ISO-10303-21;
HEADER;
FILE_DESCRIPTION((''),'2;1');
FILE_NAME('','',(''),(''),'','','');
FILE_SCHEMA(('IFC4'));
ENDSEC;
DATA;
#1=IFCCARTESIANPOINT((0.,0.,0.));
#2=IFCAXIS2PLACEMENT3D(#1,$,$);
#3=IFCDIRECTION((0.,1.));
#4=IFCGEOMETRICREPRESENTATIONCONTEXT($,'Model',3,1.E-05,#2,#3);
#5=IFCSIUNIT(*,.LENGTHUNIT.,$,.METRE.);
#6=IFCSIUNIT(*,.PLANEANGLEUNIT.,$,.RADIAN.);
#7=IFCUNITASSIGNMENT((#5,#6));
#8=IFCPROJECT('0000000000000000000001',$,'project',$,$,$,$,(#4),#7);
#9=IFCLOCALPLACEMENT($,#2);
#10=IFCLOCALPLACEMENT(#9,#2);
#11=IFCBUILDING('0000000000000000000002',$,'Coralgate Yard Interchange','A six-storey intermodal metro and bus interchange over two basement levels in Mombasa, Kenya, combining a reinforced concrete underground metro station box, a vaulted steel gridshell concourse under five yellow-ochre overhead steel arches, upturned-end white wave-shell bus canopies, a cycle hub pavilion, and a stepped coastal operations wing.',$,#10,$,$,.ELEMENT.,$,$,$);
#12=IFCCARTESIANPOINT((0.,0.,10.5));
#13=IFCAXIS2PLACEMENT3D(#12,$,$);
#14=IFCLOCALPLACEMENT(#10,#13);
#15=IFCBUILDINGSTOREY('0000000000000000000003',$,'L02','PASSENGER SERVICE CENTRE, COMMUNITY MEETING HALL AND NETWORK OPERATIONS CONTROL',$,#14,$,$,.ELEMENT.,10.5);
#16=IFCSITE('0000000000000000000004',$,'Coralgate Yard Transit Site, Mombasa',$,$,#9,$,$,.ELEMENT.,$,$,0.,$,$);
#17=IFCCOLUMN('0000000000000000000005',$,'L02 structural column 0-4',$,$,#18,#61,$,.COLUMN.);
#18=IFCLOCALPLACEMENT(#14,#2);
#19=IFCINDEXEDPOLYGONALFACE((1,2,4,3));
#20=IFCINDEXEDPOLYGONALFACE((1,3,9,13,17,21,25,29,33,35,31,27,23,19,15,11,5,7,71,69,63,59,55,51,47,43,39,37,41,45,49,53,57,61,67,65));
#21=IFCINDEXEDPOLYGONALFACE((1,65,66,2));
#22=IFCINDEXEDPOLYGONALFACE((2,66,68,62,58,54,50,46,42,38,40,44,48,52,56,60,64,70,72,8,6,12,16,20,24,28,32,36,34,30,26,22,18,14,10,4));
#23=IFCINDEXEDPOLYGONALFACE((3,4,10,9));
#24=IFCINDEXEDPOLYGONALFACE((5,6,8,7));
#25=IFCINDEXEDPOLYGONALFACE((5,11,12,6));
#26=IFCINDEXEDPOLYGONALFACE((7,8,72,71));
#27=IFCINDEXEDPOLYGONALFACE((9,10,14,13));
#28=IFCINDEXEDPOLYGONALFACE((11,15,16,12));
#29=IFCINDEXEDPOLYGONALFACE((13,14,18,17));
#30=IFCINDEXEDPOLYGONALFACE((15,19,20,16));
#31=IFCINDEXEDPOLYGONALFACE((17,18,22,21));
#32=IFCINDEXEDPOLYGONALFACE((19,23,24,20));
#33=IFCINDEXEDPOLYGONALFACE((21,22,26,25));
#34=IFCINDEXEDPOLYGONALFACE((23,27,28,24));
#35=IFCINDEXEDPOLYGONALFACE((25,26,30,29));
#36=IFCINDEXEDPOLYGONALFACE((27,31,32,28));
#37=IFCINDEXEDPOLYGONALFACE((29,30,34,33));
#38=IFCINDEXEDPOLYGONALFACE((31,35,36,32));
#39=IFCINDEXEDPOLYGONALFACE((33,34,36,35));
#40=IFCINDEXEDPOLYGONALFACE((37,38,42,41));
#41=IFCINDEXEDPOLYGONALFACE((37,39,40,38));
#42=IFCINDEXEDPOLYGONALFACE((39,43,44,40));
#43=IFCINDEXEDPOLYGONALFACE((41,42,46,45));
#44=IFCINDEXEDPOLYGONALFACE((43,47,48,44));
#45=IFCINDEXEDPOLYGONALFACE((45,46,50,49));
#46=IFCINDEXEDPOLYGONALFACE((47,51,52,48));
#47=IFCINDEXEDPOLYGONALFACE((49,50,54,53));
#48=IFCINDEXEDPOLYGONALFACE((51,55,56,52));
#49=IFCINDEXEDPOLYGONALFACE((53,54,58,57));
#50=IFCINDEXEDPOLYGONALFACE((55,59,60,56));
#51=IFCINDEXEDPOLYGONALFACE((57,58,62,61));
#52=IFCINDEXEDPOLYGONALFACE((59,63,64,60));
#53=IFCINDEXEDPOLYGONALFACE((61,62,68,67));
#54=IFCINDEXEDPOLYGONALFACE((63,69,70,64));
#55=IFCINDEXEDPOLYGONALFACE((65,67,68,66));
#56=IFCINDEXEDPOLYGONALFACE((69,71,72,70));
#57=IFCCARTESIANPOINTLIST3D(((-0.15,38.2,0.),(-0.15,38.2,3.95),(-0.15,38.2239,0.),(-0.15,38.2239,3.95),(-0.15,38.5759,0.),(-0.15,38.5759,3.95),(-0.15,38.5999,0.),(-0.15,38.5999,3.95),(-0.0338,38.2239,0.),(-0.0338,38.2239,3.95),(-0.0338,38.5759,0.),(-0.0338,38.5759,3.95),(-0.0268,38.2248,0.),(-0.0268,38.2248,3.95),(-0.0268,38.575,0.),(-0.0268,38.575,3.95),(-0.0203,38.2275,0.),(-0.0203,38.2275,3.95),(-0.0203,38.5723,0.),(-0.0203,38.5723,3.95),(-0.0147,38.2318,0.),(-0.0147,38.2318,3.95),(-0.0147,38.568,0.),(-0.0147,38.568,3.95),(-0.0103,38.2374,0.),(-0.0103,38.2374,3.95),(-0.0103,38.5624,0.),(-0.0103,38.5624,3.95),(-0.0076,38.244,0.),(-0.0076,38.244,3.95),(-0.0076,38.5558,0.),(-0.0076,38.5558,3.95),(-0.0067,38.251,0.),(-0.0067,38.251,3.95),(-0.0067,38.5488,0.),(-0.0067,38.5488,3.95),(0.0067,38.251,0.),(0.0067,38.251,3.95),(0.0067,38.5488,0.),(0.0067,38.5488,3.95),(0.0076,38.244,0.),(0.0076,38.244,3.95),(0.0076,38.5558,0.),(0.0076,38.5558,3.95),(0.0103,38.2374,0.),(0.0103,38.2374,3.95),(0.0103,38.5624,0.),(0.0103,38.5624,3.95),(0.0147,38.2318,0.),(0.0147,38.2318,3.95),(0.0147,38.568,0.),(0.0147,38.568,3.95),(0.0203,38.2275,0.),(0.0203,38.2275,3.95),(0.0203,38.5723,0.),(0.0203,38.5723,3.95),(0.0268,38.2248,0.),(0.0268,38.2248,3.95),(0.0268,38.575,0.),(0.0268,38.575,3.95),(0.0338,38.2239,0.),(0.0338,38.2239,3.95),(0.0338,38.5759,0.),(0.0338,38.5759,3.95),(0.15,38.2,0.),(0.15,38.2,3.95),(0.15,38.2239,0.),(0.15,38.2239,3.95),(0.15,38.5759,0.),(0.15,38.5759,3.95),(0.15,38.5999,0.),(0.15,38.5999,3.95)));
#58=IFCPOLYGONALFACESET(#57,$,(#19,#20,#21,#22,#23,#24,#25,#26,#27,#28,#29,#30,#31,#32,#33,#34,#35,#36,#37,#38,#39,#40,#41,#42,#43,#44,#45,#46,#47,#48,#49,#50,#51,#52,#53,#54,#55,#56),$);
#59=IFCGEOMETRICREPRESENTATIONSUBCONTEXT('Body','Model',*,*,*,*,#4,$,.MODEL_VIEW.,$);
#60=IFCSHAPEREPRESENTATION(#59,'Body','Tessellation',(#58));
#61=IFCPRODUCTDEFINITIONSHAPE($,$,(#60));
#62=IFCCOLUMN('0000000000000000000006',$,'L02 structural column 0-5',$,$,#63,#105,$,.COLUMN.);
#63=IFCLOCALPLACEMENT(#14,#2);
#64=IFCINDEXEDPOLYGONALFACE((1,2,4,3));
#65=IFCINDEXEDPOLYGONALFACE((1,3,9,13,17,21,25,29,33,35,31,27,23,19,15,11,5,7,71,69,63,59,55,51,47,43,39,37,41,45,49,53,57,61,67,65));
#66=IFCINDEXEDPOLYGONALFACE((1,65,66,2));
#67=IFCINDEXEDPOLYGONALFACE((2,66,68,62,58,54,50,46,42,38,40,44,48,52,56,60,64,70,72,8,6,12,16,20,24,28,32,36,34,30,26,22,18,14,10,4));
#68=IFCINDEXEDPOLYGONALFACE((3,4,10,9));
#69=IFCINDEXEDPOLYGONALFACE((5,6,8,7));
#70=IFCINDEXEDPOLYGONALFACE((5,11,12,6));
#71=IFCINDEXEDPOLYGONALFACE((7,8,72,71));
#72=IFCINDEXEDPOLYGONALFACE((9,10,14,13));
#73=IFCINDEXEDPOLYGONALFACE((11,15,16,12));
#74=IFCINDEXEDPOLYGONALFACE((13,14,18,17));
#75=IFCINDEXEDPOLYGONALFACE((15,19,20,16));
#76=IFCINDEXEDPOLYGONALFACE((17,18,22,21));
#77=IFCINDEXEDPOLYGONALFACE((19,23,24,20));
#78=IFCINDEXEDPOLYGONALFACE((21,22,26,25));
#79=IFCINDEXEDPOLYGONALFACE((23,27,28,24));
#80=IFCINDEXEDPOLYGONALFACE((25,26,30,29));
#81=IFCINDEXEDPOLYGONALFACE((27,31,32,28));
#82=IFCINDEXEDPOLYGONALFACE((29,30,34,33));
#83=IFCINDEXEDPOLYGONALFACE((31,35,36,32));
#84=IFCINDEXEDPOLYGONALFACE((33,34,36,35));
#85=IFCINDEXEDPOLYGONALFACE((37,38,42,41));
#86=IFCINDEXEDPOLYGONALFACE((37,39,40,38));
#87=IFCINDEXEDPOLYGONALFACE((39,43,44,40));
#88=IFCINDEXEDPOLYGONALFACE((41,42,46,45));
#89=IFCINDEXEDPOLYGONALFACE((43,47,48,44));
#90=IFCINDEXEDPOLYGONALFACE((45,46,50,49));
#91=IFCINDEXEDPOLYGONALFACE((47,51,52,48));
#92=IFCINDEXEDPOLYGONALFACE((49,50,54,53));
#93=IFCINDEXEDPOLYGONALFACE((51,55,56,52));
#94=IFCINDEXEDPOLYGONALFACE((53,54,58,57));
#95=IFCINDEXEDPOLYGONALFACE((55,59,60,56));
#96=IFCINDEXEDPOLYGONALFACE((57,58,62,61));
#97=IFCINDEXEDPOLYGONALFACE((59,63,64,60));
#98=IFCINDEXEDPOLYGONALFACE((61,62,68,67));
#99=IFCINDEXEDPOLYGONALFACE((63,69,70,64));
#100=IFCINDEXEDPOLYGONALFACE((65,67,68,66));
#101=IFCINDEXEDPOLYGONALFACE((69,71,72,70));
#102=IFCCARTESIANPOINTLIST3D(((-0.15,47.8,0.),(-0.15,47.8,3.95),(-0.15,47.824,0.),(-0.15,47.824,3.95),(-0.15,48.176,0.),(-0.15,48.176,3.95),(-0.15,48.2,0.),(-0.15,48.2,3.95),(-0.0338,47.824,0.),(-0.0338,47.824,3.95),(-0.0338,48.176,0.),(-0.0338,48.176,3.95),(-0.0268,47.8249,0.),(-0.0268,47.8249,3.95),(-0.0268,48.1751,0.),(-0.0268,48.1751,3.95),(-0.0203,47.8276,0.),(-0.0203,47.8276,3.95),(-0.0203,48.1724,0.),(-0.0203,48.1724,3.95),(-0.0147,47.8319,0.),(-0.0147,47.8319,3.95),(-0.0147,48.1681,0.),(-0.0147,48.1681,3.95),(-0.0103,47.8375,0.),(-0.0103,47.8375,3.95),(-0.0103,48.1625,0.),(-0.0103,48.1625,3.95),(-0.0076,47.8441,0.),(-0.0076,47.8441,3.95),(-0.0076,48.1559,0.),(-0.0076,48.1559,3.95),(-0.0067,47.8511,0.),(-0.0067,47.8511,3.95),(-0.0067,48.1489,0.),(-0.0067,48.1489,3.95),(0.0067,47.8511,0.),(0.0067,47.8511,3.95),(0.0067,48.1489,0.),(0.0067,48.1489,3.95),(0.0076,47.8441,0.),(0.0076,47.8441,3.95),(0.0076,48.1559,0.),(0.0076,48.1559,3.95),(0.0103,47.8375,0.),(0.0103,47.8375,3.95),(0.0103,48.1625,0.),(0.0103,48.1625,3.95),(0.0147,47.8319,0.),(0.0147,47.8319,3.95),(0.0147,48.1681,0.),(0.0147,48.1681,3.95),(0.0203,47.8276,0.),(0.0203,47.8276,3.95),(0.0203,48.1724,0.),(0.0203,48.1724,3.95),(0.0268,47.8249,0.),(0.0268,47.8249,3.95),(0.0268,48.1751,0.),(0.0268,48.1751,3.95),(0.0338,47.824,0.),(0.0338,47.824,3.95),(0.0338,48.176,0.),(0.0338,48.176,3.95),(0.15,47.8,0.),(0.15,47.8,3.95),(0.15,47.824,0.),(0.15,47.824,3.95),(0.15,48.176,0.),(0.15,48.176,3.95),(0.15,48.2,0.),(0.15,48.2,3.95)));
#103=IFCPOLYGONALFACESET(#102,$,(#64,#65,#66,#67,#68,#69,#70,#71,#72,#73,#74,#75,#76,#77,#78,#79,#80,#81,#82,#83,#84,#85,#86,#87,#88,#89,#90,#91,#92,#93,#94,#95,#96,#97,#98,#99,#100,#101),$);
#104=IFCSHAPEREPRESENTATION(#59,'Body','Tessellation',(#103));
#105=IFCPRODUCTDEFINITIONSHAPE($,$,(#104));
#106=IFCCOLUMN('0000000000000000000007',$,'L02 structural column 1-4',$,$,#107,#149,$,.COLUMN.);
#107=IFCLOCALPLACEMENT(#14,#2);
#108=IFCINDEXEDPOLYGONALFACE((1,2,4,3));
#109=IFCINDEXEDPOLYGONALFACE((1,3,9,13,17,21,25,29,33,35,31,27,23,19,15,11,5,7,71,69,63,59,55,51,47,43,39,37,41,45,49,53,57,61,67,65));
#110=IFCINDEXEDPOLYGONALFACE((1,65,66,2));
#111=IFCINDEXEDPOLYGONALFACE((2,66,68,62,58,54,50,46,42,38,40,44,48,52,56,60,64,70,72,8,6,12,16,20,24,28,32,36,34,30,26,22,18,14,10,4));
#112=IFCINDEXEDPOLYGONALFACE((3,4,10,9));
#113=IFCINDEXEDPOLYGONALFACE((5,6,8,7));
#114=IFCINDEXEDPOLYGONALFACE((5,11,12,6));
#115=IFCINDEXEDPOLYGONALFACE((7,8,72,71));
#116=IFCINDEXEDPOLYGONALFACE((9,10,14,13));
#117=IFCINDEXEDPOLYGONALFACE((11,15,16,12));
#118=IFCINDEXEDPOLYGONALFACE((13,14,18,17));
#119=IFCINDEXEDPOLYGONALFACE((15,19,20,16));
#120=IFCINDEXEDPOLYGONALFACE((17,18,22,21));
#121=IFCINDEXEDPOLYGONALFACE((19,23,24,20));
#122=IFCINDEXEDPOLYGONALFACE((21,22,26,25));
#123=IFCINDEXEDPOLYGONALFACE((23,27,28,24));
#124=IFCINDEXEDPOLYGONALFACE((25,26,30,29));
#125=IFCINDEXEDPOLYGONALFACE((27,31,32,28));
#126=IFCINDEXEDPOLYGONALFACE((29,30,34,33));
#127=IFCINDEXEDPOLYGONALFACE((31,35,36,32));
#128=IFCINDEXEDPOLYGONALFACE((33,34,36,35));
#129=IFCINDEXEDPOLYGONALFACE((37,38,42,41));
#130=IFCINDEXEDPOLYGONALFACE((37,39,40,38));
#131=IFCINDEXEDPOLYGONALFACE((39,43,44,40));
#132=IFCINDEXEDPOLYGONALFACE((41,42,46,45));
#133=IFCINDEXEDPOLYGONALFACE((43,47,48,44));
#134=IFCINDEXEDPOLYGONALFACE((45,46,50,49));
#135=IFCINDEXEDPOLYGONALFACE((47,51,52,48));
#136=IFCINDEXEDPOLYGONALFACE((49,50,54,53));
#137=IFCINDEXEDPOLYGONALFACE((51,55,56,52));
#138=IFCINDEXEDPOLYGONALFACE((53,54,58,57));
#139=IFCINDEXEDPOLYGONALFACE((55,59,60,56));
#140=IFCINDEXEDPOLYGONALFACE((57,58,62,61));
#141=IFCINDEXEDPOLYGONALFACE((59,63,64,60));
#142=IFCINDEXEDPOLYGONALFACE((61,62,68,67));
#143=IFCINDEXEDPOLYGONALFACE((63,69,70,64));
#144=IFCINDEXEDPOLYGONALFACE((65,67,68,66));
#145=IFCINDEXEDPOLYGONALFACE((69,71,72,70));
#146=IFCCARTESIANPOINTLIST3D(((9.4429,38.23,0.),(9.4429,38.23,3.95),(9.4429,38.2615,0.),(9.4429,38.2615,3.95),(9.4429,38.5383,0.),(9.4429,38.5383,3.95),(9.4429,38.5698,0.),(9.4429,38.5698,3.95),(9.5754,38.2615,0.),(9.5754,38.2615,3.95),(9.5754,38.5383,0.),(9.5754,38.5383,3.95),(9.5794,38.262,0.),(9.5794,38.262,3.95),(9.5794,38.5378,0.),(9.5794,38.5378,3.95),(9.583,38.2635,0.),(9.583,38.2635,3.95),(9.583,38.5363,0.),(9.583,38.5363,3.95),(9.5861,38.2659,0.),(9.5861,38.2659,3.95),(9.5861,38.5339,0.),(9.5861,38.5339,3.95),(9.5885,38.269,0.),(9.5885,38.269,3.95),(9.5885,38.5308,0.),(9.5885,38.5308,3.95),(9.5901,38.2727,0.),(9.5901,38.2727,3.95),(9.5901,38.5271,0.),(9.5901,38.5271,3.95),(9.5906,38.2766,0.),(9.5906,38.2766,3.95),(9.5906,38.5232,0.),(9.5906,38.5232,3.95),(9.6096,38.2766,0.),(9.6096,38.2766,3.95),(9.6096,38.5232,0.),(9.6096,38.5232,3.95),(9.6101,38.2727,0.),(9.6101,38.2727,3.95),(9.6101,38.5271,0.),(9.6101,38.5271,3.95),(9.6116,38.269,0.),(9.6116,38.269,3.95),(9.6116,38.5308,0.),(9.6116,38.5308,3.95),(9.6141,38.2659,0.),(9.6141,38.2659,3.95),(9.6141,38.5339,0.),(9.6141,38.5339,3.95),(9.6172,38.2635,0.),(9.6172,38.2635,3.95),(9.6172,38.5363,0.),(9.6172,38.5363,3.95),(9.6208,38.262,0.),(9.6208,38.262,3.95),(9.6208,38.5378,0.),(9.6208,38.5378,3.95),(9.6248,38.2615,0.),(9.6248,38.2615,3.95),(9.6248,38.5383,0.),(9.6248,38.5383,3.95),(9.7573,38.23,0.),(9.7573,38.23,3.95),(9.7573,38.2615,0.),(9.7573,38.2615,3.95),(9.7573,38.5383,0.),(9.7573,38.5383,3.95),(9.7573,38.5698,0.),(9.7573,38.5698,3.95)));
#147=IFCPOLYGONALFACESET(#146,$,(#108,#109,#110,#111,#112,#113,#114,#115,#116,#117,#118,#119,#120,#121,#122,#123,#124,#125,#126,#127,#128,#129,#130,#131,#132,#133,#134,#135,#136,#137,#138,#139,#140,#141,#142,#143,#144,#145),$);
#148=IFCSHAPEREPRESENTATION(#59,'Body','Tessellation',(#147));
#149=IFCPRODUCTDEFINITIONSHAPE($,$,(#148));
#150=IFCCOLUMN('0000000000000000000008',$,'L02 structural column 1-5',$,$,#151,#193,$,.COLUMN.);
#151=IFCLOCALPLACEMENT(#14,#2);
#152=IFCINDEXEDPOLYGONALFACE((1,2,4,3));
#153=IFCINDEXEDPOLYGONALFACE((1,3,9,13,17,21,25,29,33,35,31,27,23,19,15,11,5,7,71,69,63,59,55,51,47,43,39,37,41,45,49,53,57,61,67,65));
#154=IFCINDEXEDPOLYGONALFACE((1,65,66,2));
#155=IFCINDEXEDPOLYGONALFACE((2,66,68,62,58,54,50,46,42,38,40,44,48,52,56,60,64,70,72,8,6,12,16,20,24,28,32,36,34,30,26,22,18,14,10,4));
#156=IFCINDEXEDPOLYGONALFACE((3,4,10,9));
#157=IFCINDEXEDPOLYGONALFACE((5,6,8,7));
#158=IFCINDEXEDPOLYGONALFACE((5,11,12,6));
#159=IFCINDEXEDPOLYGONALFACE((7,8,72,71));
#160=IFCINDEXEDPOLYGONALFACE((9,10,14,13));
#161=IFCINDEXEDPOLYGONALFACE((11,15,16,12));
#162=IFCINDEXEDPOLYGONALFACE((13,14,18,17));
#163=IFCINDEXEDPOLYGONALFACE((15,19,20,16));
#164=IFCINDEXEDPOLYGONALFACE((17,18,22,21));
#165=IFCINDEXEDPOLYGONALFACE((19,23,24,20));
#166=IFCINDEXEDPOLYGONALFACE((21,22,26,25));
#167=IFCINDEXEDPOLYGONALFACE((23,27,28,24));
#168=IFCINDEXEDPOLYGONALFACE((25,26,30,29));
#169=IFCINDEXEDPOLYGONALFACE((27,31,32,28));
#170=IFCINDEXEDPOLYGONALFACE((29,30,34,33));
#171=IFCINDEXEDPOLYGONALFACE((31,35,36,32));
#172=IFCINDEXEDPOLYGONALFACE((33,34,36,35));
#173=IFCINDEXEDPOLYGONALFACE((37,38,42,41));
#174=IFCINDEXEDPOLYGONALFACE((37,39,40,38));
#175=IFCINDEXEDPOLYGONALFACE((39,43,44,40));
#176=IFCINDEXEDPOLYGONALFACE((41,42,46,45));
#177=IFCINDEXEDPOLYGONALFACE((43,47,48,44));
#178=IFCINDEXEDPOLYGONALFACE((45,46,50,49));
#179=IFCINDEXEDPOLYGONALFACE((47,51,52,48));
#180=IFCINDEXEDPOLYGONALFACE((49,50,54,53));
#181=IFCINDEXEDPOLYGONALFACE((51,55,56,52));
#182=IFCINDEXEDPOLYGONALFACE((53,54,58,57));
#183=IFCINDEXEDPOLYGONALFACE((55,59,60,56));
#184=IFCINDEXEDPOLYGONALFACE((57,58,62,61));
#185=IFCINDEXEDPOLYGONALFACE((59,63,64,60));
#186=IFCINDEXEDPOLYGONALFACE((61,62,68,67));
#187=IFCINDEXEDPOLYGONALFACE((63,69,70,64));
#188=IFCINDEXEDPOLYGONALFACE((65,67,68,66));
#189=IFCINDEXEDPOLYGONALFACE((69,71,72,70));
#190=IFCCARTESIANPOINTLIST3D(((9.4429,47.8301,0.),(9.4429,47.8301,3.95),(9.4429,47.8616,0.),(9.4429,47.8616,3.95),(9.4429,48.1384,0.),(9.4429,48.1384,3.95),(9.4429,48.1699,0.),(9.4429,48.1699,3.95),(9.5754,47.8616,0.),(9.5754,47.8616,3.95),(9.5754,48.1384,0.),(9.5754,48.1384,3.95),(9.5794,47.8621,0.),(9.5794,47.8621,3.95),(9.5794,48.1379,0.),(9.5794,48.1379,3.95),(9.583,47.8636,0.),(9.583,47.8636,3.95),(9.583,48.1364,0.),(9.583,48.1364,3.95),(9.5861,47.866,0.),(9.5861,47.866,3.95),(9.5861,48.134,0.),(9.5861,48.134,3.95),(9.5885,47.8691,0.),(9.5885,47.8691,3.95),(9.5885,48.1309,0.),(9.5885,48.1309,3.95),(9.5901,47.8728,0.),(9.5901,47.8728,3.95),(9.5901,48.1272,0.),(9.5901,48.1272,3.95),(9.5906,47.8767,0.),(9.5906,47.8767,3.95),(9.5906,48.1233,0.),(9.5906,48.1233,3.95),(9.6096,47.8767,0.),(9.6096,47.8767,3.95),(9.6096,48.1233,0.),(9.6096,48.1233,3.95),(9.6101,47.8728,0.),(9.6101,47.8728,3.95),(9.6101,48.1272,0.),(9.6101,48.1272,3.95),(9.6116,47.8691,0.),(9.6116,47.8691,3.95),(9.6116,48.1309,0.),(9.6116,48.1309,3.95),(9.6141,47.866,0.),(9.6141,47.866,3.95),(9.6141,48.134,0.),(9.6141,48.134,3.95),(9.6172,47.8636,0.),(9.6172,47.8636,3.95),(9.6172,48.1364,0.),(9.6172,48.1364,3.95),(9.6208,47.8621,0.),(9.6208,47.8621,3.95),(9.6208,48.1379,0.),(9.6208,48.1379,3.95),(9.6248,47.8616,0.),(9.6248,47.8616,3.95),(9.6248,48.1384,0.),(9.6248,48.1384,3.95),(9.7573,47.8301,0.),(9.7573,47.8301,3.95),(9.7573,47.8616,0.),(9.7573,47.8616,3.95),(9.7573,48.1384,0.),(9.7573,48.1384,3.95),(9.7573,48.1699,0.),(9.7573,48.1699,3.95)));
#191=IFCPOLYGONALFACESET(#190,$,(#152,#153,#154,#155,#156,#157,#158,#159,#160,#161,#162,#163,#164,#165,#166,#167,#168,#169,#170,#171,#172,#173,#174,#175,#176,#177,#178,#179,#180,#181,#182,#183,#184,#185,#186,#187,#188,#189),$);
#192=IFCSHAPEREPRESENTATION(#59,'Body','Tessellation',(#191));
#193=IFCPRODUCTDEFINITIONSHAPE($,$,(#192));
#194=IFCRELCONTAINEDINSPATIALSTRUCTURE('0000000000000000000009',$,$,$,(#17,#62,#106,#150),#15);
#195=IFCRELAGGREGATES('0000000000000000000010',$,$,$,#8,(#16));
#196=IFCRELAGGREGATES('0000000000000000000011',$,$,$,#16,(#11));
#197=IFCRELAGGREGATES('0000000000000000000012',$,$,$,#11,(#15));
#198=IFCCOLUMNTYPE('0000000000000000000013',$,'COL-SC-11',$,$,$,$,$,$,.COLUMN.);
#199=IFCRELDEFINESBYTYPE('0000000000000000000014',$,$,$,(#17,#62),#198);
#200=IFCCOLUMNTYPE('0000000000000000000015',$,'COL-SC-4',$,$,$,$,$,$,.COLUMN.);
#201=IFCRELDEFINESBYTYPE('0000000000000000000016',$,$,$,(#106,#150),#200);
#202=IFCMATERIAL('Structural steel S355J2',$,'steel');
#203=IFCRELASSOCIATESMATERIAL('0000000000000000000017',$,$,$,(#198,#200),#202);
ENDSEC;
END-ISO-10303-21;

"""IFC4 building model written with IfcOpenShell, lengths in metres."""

from ifc_helpers import new_model, si_unit, direction, frame, origin, origin_2d, place, context, subcontext, project, spatial, i_section, extrude, material, material_profile, profile_set, type_object, element, save


model = new_model("IFC4")

# Units and contexts
model_context = context("Model", 3, precision=1e-05, world=origin(), true_north=direction((0.0, 1.0)))
body_context = subcontext(model_context, "Body", "Model", "MODEL_VIEW")
ifc_project = project(units=[si_unit("LENGTHUNIT", "METRE"), si_unit("PLANEANGLEUNIT", "RADIAN")], contexts=[model_context])

# Site, building, storey
site_placement = place(None, origin())
site = spatial("IfcSite", under=ifc_project, at=site_placement, Name="Coralgate Yard Transit Site, Mombasa", CompositionType="ELEMENT", RefElevation=0.0)
building_placement = place(site_placement, origin())
building = spatial("IfcBuilding", under=site, at=building_placement, Name="Coralgate Yard Interchange", Description="A six-storey intermodal metro and bus interchange over two basement levels in Mombasa, Kenya, combining a reinforced concrete underground metro station box, a vaulted steel gridshell concourse under five yellow-ochre overhead steel arches, upturned-end white wave-shell bus canopies, a cycle hub pavilion, and a stepped coastal operations wing.", CompositionType="ELEMENT")
storey_placement = place(building_placement, frame((0.0, 0.0, 10.5)))
storey = spatial("IfcBuildingStorey", under=building, at=storey_placement, Name="L02", Description="PASSENGER SERVICE CENTRE, COMMUNITY MEETING HALL AND NETWORK OPERATIONS CONTROL", CompositionType="ELEMENT", Elevation=10.5)

# Columns
ifc_material_1 = material(Name="Structural steel S355J2", Category="steel")
ifc_material_profile_1 = material_profile(ifc_material_1, i_section(OverallWidth=0.3, OverallDepth=0.3999, WebThickness=0.0134, FlangeThickness=0.0239, FilletRadius=0.0271, at=origin_2d()), Name="HEB 400")
ifc_profile_set_1 = profile_set([ifc_material_profile_1], Name="Structural steel S355J2")
column_type_1 = type_object("IfcColumnType", Name="COL-SC-11", PredefinedType="COLUMN", material=ifc_profile_set_1)
for number, where, z_axis, x_axis, name in (
    (1, (0.0, 38.3999, 0.0), (0.0, 0.0, 1.0), (1.0, 0.0, 0.0), "L02 structural column 0-4"),
    (2, (0.0, 48.0, 0.0), (0.0, 0.0, 1.0), (1.0, 0.0, 0.0), "L02 structural column 0-5"),
):
    element("IfcColumn", number, at=place(storey_placement, frame(where, z_axis=z_axis, x_axis=x_axis)), inside=storey, type_object=column_type_1, Name=name, PredefinedType="COLUMN", context=body_context, shape_type="SweptSolid", body=[
        extrude(i_section(OverallWidth=0.3, OverallDepth=0.3999, WebThickness=0.0134, FlangeThickness=0.0239, FilletRadius=0.0271, at=origin_2d()), origin(), (0.0, 0.0, 1.0), 3.95),
    ])
ifc_material_profile_2 = material_profile(ifc_material_1, i_section(OverallWidth=0.3145, OverallDepth=0.3398, WebThickness=0.019, FlangeThickness=0.0315, FilletRadius=0.0151, at=origin_2d()), Name="UC 305x305x198")
ifc_profile_set_2 = profile_set([ifc_material_profile_2], Name="Structural steel S355J2")
column_type_2 = type_object("IfcColumnType", Name="COL-SC-4", PredefinedType="COLUMN", material=ifc_profile_set_2)
for number, where, z_axis, x_axis, name in (
    (3, (9.6001, 38.3999, 0.0), (0.0, 0.0, 1.0), (1.0, 0.0, 0.0), "L02 structural column 1-4"),
    (4, (9.6001, 48.0, 0.0), (0.0, 0.0, 1.0), (1.0, 0.0, 0.0), "L02 structural column 1-5"),
):
    element("IfcColumn", number, at=place(storey_placement, frame(where, z_axis=z_axis, x_axis=x_axis)), inside=storey, type_object=column_type_2, Name=name, PredefinedType="COLUMN", context=body_context, shape_type="SweptSolid", body=[
        extrude(i_section(OverallWidth=0.3145, OverallDepth=0.3398, WebThickness=0.019, FlangeThickness=0.0315, FilletRadius=0.0151, at=origin_2d()), origin(), (0.0, 0.0, 1.0), 3.95),
    ])

save(model, "model.ifc")
